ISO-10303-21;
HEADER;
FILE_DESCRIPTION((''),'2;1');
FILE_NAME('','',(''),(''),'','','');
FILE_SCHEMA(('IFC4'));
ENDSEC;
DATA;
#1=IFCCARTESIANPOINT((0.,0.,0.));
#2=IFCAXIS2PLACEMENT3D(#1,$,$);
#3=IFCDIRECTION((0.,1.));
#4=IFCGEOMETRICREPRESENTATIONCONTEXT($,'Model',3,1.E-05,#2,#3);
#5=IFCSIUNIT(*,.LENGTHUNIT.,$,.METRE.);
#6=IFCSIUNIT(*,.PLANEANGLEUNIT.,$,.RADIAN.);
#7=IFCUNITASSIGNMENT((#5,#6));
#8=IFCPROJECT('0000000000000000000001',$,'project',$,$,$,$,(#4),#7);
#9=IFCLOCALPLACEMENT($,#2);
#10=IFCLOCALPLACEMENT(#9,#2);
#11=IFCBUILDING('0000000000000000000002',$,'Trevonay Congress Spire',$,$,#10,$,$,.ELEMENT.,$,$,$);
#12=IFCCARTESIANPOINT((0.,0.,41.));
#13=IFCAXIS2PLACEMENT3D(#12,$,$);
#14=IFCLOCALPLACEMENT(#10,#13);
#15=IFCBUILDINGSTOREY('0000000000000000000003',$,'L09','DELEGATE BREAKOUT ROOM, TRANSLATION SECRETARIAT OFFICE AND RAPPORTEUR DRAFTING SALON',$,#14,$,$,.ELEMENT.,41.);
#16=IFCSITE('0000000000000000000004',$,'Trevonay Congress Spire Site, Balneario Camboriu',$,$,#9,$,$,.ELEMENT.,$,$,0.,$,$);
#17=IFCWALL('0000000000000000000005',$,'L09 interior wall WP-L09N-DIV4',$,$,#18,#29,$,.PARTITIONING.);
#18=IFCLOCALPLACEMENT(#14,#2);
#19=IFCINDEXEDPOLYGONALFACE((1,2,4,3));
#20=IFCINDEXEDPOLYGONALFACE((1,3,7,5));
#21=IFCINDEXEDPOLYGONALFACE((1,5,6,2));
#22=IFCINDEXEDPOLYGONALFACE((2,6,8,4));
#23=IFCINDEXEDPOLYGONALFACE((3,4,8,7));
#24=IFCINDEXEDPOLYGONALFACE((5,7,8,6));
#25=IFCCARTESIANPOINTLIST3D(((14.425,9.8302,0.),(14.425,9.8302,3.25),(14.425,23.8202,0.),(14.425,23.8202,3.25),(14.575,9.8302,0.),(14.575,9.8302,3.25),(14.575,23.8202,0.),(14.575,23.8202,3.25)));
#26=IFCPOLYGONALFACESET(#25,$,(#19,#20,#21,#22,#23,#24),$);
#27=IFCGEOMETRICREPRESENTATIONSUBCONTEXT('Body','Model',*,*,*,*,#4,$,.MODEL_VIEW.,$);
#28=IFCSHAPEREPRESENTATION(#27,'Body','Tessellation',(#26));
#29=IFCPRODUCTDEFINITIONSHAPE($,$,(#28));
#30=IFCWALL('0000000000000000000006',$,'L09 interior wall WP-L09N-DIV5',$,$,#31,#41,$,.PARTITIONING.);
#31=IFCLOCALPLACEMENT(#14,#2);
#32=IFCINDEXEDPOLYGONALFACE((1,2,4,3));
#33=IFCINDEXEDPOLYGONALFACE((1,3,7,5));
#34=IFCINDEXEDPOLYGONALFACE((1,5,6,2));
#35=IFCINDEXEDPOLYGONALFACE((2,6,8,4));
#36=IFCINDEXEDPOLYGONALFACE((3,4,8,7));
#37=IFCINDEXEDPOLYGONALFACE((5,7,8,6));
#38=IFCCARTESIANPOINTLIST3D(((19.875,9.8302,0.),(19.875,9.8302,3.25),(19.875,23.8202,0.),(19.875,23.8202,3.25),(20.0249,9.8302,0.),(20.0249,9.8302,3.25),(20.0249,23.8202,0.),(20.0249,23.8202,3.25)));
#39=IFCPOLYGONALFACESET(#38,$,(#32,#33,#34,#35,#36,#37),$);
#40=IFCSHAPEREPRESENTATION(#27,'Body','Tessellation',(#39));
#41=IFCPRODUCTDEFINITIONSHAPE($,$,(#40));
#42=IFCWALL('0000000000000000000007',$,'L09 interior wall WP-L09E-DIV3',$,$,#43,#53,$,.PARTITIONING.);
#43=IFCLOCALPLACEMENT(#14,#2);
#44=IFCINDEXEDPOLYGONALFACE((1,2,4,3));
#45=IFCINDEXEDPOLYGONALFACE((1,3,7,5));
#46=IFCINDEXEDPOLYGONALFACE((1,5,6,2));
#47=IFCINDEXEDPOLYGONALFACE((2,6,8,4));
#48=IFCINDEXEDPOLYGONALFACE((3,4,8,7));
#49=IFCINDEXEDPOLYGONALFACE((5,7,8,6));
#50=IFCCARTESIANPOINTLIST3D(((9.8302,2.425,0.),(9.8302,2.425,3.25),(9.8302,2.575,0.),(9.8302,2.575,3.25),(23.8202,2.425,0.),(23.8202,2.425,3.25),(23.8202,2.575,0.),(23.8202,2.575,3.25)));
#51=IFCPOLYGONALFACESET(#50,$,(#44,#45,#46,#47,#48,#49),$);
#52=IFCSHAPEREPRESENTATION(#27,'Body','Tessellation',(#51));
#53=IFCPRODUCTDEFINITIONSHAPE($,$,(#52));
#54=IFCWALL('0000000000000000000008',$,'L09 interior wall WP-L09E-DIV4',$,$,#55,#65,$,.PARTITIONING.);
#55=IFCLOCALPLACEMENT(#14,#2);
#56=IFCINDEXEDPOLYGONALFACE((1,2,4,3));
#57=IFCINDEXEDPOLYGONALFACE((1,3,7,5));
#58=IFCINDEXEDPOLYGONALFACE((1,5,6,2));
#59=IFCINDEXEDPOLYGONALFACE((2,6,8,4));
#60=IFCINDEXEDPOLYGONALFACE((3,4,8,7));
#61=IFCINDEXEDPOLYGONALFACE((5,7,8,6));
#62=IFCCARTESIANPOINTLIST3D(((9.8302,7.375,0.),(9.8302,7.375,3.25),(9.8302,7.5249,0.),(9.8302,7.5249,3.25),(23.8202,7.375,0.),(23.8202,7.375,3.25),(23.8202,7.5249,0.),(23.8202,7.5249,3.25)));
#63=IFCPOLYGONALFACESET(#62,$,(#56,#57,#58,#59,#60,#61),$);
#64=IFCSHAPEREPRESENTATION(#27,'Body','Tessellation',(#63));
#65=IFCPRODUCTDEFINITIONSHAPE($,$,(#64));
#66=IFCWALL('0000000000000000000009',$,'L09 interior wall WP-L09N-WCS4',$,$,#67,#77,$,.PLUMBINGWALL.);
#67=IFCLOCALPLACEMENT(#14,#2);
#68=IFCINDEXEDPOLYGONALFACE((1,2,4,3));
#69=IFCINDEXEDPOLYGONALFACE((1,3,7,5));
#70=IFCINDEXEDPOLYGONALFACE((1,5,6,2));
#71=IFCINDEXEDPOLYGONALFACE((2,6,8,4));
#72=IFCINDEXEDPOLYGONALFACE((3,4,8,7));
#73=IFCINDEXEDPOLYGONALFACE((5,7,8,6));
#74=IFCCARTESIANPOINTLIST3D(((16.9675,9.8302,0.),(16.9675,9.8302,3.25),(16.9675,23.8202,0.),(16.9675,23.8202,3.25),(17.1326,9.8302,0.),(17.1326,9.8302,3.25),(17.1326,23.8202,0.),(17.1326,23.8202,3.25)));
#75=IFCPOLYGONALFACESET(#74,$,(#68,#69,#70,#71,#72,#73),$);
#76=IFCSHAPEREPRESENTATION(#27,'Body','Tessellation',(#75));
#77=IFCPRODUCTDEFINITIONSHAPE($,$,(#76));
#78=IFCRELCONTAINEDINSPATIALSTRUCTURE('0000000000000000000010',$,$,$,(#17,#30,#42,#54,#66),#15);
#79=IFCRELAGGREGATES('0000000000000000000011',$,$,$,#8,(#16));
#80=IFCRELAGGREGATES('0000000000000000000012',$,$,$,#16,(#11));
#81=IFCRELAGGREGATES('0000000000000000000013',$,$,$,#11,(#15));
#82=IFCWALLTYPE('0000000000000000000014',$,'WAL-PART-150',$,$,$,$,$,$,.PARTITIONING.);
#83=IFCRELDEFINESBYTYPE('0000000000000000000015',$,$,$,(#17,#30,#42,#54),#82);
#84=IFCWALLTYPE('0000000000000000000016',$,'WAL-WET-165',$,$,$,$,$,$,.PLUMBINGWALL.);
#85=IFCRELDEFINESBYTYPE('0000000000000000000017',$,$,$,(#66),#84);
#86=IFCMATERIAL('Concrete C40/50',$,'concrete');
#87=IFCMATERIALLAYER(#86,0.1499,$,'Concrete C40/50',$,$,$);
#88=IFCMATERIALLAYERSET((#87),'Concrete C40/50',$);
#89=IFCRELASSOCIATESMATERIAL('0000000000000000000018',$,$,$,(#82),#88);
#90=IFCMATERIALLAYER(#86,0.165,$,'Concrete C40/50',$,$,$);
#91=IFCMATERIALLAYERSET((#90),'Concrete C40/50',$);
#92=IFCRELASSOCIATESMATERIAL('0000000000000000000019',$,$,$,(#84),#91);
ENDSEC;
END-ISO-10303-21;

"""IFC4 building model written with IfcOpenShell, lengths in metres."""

from ifc_helpers import new_model, si_unit, direction, frame, frame_2d, origin, place, context, subcontext, project, spatial, rectangle, extrude, material, layer, layer_set, type_object, element, save


model = new_model("IFC4")

# Units and contexts
model_context = context("Model", 3, precision=1e-05, world=origin(), true_north=direction((0.0, 1.0)))
body_context = subcontext(model_context, "Body", "Model", "MODEL_VIEW")
ifc_project = project(units=[si_unit("LENGTHUNIT", "METRE"), si_unit("PLANEANGLEUNIT", "RADIAN")], contexts=[model_context])

# Site, building, storey
site_placement = place(None, origin())
site = spatial("IfcSite", under=ifc_project, at=site_placement, Name="Trevonay Congress Spire Site, Balneario Camboriu", CompositionType="ELEMENT", RefElevation=0.0)
building_placement = place(site_placement, origin())
building = spatial("IfcBuilding", under=site, at=building_placement, Name="Trevonay Congress Spire", CompositionType="ELEMENT")
storey_placement = place(building_placement, frame((0.0, 0.0, 41.0)))
storey = spatial("IfcBuildingStorey", under=building, at=storey_placement, Name="L09", Description="DELEGATE BREAKOUT ROOM, TRANSLATION SECRETARIAT OFFICE AND RAPPORTEUR DRAFTING SALON", CompositionType="ELEMENT", Elevation=41.0)

# Walls
ifc_material_1 = material(Name="Concrete C40/50", Category="concrete")
ifc_layer_1 = layer(ifc_material_1, 0.1499, Name="Concrete C40/50")
ifc_layer_set_1 = layer_set([ifc_layer_1], Name="Concrete C40/50")
wall_type_1 = type_object("IfcWallType", Name="WAL-PART-150", PredefinedType="PARTITIONING", material=ifc_layer_set_1)
for number, where, z_axis, x_axis, name in (
    (1, (14.5, 9.8301, 0.0), (0.0, 0.0, 1.0), (0.0, 1.0, 0.0), "L09 interior wall WP-L09N-DIV4"),
    (2, (19.95, 9.8301, 0.0), (0.0, 0.0, 1.0), (0.0, 1.0, 0.0), "L09 interior wall WP-L09N-DIV5"),
    (3, (9.8301, 2.5, 0.0), (0.0, 0.0, 1.0), (1.0, 0.0, 0.0), "L09 interior wall WP-L09E-DIV3"),
    (4, (9.8301, 7.45, 0.0), (0.0, 0.0, 1.0), (1.0, 0.0, 0.0), "L09 interior wall WP-L09E-DIV4"),
):
    element("IfcWall", number, at=place(storey_placement, frame(where, z_axis=z_axis, x_axis=x_axis)), inside=storey, type_object=wall_type_1, Name=name, PredefinedType="PARTITIONING", context=body_context, shape_type="SweptSolid", body=[
        extrude(rectangle(XDim=13.99, YDim=0.1499, at=frame_2d((6.9951, 0.0))), origin(), (0.0, 0.0, 1.0), 3.25),
    ])
ifc_layer_2 = layer(ifc_material_1, 0.165, Name="Concrete C40/50")
ifc_layer_set_2 = layer_set([ifc_layer_2], Name="Concrete C40/50")
wall_type_2 = type_object("IfcWallType", Name="WAL-WET-165", PredefinedType="PLUMBINGWALL", material=ifc_layer_set_2)
wall_placement = place(storey_placement, frame((17.05, 9.8301, 0.0), z_axis=(0.0, 0.0, 1.0), x_axis=(0.0, 1.0, 0.0)))
element("IfcWall", 5, at=wall_placement, inside=storey, type_object=wall_type_2, Name="L09 interior wall WP-L09N-WCS4", PredefinedType="PLUMBINGWALL", context=body_context, shape_type="SweptSolid", body=[
    extrude(rectangle(XDim=13.99, YDim=0.165, at=frame_2d((6.9951, 0.0))), origin(), (0.0, 0.0, 1.0), 3.25),
])

save(model, "model.ifc")
